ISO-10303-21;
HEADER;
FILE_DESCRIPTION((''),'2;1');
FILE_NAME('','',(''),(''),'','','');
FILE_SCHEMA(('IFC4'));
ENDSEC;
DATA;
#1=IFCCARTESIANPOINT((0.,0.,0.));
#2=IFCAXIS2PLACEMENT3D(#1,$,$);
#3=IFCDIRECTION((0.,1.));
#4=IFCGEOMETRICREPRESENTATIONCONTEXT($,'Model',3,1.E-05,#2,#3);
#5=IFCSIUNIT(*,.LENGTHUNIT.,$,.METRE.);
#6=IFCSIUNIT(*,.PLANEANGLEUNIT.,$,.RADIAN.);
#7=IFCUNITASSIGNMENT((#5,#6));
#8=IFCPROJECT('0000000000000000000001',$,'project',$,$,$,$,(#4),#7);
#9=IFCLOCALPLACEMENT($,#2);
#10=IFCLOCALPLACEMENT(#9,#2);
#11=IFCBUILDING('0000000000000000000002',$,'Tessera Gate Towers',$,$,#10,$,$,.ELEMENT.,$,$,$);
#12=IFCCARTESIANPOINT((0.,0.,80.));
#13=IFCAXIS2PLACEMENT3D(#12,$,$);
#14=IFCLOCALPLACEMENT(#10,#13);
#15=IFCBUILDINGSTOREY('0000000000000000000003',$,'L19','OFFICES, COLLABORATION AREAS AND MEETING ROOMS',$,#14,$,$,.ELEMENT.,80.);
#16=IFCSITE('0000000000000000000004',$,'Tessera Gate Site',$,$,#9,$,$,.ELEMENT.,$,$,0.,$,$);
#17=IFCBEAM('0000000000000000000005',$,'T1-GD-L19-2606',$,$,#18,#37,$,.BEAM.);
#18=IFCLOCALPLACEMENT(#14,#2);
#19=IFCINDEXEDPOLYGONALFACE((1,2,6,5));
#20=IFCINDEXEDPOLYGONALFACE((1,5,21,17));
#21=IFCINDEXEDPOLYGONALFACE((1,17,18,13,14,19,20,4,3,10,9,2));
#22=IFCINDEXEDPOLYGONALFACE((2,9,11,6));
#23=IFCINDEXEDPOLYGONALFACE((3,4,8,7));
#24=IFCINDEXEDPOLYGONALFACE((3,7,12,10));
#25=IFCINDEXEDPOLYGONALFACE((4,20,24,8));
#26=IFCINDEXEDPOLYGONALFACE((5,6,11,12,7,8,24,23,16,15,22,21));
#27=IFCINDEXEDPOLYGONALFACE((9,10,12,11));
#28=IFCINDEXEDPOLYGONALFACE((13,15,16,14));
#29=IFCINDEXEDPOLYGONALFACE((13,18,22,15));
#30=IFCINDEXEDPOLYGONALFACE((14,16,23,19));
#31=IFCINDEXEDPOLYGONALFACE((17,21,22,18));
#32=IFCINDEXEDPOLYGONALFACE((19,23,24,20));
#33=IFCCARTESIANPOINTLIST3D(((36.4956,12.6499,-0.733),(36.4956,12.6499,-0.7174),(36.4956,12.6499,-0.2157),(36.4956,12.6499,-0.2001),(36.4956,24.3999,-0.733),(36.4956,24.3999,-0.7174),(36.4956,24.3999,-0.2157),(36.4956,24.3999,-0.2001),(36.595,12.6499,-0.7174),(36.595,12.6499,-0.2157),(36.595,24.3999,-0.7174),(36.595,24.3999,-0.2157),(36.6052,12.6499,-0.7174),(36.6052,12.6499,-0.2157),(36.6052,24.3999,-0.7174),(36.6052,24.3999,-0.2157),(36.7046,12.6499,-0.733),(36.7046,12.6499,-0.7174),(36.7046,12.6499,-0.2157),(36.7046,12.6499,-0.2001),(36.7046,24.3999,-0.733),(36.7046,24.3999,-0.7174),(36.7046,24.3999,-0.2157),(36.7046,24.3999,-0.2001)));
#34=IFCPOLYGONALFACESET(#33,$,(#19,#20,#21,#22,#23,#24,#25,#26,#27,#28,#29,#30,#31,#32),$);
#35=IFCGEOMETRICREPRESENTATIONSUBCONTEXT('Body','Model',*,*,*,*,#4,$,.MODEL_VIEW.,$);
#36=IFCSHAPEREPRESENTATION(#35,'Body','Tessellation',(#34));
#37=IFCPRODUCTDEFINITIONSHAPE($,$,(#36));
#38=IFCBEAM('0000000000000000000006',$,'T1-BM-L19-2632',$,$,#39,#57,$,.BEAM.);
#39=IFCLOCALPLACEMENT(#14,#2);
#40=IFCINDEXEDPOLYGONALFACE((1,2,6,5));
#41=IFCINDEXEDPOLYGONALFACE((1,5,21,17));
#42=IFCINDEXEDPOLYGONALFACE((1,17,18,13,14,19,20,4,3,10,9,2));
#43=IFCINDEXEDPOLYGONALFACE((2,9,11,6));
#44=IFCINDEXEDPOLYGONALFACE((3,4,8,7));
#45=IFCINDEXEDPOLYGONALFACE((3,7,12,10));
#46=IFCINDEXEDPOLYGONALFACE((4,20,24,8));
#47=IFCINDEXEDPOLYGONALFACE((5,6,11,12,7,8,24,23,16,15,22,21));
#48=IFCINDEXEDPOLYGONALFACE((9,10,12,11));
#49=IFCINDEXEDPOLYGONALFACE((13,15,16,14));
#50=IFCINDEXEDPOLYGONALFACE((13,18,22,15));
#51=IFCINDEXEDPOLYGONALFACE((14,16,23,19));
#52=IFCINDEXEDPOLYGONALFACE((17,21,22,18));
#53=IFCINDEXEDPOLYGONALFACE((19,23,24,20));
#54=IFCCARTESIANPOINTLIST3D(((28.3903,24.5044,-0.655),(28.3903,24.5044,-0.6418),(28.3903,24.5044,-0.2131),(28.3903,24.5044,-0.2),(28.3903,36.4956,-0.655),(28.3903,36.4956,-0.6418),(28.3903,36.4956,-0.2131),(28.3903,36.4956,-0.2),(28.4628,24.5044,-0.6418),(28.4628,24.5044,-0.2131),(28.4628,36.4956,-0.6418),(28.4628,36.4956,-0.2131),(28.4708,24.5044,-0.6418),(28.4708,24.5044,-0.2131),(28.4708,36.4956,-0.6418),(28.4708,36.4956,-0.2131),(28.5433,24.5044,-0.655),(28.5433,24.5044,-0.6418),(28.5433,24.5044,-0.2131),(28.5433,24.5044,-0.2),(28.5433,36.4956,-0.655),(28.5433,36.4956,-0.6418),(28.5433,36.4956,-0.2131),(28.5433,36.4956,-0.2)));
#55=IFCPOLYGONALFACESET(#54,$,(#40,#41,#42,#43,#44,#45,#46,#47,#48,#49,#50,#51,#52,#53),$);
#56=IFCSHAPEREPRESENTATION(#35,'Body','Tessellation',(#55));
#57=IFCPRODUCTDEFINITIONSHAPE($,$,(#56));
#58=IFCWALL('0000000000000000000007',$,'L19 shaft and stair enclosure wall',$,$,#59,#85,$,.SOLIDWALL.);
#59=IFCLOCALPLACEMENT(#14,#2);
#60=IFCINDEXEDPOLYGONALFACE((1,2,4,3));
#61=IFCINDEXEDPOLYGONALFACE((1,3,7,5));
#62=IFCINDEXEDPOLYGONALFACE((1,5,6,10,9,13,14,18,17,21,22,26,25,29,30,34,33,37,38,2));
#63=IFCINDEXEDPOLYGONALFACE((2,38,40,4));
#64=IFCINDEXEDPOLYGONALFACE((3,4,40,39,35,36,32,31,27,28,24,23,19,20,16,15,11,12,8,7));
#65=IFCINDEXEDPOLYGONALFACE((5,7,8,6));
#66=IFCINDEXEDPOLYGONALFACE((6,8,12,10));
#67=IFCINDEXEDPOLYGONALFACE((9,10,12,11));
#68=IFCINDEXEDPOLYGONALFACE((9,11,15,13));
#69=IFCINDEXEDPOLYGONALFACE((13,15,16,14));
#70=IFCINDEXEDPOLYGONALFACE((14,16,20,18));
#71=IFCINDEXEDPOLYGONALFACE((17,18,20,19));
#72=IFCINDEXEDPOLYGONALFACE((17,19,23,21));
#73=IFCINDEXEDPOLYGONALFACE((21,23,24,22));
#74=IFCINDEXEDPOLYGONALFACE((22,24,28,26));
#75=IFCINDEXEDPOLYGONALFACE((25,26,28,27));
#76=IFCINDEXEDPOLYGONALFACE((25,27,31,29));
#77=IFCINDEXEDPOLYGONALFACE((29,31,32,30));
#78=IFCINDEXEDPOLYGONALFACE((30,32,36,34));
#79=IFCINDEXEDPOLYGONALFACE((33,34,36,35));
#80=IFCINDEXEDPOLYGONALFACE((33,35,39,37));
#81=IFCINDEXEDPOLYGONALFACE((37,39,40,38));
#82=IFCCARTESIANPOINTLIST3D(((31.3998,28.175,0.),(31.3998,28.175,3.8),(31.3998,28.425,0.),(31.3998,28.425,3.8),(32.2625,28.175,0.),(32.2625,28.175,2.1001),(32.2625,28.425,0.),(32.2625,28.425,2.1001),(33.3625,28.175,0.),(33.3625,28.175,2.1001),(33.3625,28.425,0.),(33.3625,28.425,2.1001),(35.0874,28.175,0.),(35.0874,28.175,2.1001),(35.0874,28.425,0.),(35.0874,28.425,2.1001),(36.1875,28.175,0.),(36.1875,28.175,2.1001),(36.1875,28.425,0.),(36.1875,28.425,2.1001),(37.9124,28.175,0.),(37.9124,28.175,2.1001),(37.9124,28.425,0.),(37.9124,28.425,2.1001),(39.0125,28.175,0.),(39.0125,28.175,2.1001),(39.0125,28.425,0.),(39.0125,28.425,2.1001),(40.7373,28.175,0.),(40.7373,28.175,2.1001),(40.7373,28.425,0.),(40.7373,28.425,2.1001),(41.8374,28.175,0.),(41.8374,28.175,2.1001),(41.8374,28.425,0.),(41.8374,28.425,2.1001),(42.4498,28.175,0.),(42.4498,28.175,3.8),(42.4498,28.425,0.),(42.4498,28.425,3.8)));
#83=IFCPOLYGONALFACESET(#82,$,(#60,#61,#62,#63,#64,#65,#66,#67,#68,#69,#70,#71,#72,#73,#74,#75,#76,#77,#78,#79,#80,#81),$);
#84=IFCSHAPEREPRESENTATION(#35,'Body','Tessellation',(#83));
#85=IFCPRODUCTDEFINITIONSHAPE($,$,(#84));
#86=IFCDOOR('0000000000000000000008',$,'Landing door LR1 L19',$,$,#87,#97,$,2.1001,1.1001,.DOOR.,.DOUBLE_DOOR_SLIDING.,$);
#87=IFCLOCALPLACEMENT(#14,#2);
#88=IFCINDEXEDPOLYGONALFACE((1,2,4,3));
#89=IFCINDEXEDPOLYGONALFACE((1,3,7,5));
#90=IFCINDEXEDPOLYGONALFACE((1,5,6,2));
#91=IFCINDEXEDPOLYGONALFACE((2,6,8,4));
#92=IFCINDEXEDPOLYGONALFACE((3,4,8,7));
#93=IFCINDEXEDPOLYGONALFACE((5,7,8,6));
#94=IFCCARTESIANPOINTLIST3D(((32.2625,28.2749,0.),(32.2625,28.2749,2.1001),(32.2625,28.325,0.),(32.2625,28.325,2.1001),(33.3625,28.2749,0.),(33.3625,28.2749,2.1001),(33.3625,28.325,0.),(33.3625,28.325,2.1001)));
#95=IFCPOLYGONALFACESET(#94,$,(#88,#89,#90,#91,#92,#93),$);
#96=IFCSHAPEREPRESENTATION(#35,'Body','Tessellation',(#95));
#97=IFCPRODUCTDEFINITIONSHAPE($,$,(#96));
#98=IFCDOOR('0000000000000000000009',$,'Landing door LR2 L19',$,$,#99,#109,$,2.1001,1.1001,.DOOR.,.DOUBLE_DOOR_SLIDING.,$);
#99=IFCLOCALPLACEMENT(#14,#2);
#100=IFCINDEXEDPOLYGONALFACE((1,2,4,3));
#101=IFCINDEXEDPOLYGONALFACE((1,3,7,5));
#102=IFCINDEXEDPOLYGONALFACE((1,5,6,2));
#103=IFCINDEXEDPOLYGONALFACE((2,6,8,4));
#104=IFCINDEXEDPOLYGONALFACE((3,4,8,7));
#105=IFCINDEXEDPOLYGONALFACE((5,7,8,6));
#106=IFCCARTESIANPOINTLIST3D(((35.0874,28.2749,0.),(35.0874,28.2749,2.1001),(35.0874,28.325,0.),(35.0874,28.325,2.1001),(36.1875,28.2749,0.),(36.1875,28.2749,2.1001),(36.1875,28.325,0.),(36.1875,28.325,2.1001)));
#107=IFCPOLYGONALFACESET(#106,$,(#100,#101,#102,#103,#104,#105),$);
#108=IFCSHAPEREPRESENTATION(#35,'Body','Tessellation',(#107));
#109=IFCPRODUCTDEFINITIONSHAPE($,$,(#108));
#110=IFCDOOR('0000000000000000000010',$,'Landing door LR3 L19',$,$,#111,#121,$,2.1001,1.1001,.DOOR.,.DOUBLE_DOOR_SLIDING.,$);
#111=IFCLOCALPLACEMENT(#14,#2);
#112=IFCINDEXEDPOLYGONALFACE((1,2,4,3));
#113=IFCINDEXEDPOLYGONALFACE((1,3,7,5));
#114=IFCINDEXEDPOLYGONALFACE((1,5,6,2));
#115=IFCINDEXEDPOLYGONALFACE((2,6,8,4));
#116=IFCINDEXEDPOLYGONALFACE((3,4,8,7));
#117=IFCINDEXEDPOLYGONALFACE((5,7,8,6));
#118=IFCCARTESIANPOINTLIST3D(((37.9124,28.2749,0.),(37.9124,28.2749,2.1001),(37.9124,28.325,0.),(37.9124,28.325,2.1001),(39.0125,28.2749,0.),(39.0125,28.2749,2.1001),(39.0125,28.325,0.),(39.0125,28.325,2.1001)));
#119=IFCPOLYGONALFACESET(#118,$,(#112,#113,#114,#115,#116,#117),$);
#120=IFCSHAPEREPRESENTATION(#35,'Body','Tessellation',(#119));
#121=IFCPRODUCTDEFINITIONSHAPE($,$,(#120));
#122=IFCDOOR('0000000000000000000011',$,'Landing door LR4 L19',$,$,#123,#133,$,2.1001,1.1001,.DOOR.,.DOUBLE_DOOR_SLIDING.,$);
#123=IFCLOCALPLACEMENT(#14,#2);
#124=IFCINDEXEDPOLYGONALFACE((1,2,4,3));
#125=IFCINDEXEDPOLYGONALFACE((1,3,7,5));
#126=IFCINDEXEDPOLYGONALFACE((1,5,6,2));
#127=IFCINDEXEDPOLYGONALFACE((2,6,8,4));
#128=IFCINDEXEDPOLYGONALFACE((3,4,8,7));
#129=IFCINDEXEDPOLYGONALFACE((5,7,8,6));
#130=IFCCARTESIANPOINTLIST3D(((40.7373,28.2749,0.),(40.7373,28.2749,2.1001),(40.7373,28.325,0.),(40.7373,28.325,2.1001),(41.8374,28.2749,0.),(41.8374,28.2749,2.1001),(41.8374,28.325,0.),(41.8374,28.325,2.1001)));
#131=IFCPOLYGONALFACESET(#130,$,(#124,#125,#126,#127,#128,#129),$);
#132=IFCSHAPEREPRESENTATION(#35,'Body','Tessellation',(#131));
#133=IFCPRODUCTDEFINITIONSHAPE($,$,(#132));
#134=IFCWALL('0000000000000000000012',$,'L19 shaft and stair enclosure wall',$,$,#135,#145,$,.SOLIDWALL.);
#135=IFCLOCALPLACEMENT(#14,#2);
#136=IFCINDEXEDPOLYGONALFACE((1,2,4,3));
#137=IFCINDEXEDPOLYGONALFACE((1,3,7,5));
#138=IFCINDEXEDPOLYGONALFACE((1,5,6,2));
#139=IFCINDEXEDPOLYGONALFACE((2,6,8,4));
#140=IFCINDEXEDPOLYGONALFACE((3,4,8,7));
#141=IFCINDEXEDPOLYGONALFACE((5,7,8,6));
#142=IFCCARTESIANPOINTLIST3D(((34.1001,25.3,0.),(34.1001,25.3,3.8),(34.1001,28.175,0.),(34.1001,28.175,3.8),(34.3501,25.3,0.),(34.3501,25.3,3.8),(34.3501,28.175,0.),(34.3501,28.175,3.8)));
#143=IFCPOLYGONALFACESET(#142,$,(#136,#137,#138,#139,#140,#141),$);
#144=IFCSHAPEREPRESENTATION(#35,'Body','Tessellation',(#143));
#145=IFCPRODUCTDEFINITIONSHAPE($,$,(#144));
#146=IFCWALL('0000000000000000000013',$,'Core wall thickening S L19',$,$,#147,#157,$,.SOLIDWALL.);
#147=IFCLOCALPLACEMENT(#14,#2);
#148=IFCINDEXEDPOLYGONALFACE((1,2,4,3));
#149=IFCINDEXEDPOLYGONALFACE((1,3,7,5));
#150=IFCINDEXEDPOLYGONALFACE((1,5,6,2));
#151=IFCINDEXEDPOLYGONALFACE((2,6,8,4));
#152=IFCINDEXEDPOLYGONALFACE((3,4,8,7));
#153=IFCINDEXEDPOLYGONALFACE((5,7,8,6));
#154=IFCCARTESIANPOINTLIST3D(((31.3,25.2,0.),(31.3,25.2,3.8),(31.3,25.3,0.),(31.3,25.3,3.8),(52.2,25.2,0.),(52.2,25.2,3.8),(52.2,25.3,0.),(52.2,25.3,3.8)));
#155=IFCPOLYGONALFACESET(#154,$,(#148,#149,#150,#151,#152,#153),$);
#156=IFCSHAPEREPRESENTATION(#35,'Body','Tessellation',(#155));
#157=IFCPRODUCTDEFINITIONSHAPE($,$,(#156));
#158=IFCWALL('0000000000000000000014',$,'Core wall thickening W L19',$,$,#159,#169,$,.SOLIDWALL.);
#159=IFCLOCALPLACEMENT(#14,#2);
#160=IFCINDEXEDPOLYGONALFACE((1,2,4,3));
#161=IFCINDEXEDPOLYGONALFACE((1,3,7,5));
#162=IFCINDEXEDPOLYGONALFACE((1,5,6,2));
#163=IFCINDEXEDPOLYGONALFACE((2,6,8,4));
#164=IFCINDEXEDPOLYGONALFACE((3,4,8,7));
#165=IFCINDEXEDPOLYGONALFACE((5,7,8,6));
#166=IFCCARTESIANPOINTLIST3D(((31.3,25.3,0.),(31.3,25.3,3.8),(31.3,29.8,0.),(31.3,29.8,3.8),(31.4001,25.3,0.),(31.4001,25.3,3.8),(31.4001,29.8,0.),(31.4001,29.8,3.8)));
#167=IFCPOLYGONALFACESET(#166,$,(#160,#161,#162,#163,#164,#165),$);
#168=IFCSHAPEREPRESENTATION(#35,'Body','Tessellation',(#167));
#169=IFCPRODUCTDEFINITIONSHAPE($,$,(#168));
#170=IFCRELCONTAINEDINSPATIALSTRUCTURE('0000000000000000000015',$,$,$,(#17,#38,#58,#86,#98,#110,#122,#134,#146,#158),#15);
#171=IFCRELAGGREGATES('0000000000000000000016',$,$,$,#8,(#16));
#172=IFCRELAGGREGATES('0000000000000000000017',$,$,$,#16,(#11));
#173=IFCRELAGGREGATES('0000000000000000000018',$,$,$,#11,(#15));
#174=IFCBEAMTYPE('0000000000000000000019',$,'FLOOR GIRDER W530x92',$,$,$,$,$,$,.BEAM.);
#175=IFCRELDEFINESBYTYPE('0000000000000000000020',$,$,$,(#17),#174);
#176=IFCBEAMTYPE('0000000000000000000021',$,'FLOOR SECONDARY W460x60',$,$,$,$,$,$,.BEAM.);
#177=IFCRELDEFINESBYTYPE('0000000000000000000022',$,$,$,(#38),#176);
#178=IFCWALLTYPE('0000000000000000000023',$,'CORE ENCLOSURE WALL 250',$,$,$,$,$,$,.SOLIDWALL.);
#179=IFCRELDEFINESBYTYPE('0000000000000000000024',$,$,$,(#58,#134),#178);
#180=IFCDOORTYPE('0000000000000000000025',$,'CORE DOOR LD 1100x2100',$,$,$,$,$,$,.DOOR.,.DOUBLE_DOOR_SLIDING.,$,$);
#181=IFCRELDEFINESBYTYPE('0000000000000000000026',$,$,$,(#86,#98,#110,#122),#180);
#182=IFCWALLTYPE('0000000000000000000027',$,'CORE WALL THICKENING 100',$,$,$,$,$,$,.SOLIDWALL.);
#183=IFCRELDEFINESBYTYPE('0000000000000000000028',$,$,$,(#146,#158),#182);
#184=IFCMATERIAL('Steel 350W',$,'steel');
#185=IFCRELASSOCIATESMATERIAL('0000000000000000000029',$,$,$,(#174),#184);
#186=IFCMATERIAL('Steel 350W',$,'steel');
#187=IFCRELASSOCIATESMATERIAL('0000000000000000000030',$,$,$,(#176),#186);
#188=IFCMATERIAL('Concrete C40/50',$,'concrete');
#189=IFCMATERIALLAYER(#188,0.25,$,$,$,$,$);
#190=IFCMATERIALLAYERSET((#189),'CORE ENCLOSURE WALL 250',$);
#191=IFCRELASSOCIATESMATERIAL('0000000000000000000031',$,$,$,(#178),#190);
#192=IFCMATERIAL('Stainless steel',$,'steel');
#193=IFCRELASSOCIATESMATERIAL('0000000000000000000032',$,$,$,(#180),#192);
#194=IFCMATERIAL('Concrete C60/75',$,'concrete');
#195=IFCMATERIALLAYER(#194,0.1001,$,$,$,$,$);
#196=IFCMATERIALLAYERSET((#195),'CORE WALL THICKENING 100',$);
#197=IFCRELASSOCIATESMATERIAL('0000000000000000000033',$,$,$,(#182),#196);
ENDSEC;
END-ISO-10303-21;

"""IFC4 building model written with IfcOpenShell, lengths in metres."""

from ifc_helpers import new_model, si_unit, direction, frame, frame_2d, origin, origin_2d, place, context, subcontext, project, spatial, rectangle, i_section, extrude, source, transform, mapped, material, layer, layer_set, material_profile, profile_set, type_object, element, fill, save


model = new_model("IFC4")

# Units and contexts
model_context = context("Model", 3, precision=1e-05, world=origin(), true_north=direction((0.0, 1.0)))
body_context = subcontext(model_context, "Body", "Model", "MODEL_VIEW")
ifc_project = project(units=[si_unit("LENGTHUNIT", "METRE"), si_unit("PLANEANGLEUNIT", "RADIAN")], contexts=[model_context])

# Site, building, storey
site_placement = place(None, origin())
site = spatial("IfcSite", under=ifc_project, at=site_placement, Name="Tessera Gate Site", CompositionType="ELEMENT", RefElevation=0.0)
building_placement = place(site_placement, origin())
building = spatial("IfcBuilding", under=site, at=building_placement, Name="Tessera Gate Towers", CompositionType="ELEMENT")
storey_placement = place(building_placement, frame((0.0, 0.0, 80.0)))
storey = spatial("IfcBuildingStorey", under=building, at=storey_placement, Name="L19", Description="OFFICES, COLLABORATION AREAS AND MEETING ROOMS", CompositionType="ELEMENT", Elevation=80.0)

# Beams
ifc_material_1 = material(Name="Steel 350W", Category="steel")
ifc_material_profile_1 = material_profile(ifc_material_1, i_section(OverallWidth=0.209, OverallDepth=0.533, WebThickness=0.0103, FlangeThickness=0.0156, at=origin_2d()), Name="W530x92")
ifc_profile_set_1 = profile_set([ifc_material_profile_1], Name="Steel 350W")
beam_type_1 = type_object("IfcBeamType", Name="FLOOR GIRDER W530x92", PredefinedType="BEAM", material=ifc_profile_set_1)
beam_1_placement = place(storey_placement, frame((36.6001, 12.6499, -0.4666), z_axis=(0.0, 1.0, 0.0), x_axis=(-1.0, 0.0, 0.0)))
element("IfcBeam", 1, at=beam_1_placement, inside=storey, type_object=beam_type_1, Name="T1-GD-L19-2606", PredefinedType="BEAM", context=body_context, shape_type="SweptSolid", body=[
    extrude(i_section(OverallWidth=0.209, OverallDepth=0.533, WebThickness=0.0103, FlangeThickness=0.0156, at=origin_2d()), origin(), (0.0, 0.0, 1.0), 11.75),
])
ifc_material_2 = material(Name="Steel 350W", Category="steel")
ifc_material_profile_2 = material_profile(ifc_material_2, i_section(OverallWidth=0.1531, OverallDepth=0.4551, WebThickness=0.0081, FlangeThickness=0.0132, at=origin_2d()), Name="W460x60")
ifc_profile_set_2 = profile_set([ifc_material_profile_2], Name="Steel 350W")
beam_type_2 = type_object("IfcBeamType", Name="FLOOR SECONDARY W460x60", PredefinedType="BEAM", material=ifc_profile_set_2)
beam_2_placement = place(storey_placement, frame((28.4668, 24.5044, -0.4275), z_axis=(0.0, 1.0, 0.0), x_axis=(-1.0, 0.0, 0.0)))
element("IfcBeam", 2, at=beam_2_placement, inside=storey, type_object=beam_type_2, Name="T1-BM-L19-2632", PredefinedType="BEAM", context=body_context, shape_type="SweptSolid", body=[
    extrude(i_section(OverallWidth=0.1531, OverallDepth=0.4551, WebThickness=0.0081, FlangeThickness=0.0132, at=origin_2d()), origin(), (0.0, 0.0, 1.0), 11.9912),
])

# Wall, openings, doors
ifc_material_3 = material(Name="Concrete C40/50", Category="concrete")
ifc_layer_1 = layer(ifc_material_3, 0.25)
ifc_layer_set_1 = layer_set([ifc_layer_1], Name="CORE ENCLOSURE WALL 250")
wall_type_1 = type_object("IfcWallType", Name="CORE ENCLOSURE WALL 250", PredefinedType="SOLIDWALL", material=ifc_layer_set_1)
wall_1_placement = place(storey_placement, frame((31.3999, 28.3, 0.0), z_axis=(0.0, 0.0, 1.0), x_axis=(1.0, 0.0, 0.0)))
wall_1 = element("IfcWall", 3, at=wall_1_placement, inside=storey, type_object=wall_type_1, Name="L19 shaft and stair enclosure wall", PredefinedType="SOLIDWALL", context=body_context, shape_type="SweptSolid", body=[
    extrude(rectangle(XDim=11.05, YDim=0.25, at=frame_2d((5.5249, 0.0))), origin(), (0.0, 0.0, 1.0), 3.8),
])
shared_shape_1 = source(origin(), body_context, "Body", "SweptSolid", [
    extrude(rectangle(XDim=1.1001, YDim=2.1001, at=frame_2d((0.55, 1.05))), frame((0.0, 0.135, 0.0), z_axis=(0.0, -1.0, 0.0), x_axis=(1.0, 0.0, 0.0)), (0.0, 0.0, 1.0), 0.27),
])
opening_1_placement = place(wall_1_placement, frame((0.8625, 0.0, 0.0)))
opening_1 = element("IfcOpeningElement", 4, at=opening_1_placement, cuts=wall_1, PredefinedType="OPENING", context=body_context, shape_type="MappedRepresentation", body=[
    mapped(shared_shape_1, transform((0.0, 0.0, 0.0), scale=1.0)),
])
opening_2_placement = place(wall_1_placement, frame((3.6875, 0.0, 0.0)))
opening_2 = element("IfcOpeningElement", 5, at=opening_2_placement, cuts=wall_1, PredefinedType="OPENING", context=body_context, shape_type="MappedRepresentation", body=[
    mapped(shared_shape_1, transform((0.0, 0.0, 0.0), scale=1.0)),
])
opening_3_placement = place(wall_1_placement, frame((6.5125, 0.0, 0.0)))
opening_3 = element("IfcOpeningElement", 6, at=opening_3_placement, cuts=wall_1, PredefinedType="OPENING", context=body_context, shape_type="MappedRepresentation", body=[
    mapped(shared_shape_1, transform((0.0, 0.0, 0.0), scale=1.0)),
])
opening_4_placement = place(wall_1_placement, frame((9.3374, 0.0, 0.0)))
opening_4 = element("IfcOpeningElement", 7, at=opening_4_placement, cuts=wall_1, PredefinedType="OPENING", context=body_context, shape_type="MappedRepresentation", body=[
    mapped(shared_shape_1, transform((0.0, 0.0, 0.0), scale=1.0)),
])
ifc_material_4 = material(Name="Stainless steel", Category="steel")
door_type_1 = type_object("IfcDoorType", Name="CORE DOOR LD 1100x2100", OperationType="DOUBLE_DOOR_SLIDING", PredefinedType="DOOR", material=ifc_material_4)
shared_shape_2 = source(origin(), body_context, "Body", "SweptSolid", [
    extrude(rectangle(XDim=1.1001, YDim=2.1001, at=frame_2d((0.55, 1.05))), frame((0.0, 0.0249, 0.0), z_axis=(0.0, -1.0, 0.0), x_axis=(1.0, 0.0, 0.0)), (0.0, 0.0, 1.0), 0.05),
])
door_1_placement = place(opening_1_placement, origin())
door_1 = element("IfcDoor", 8, at=door_1_placement, inside=storey, type_object=door_type_1, Name="Landing door LR1 L19", OperationType="DOUBLE_DOOR_SLIDING", OverallHeight=2.1001, OverallWidth=1.1001, PredefinedType="DOOR", context=body_context, shape_type="MappedRepresentation", body=[
    mapped(shared_shape_2, transform((0.0, 0.0, 0.0), scale=1.0)),
])
fill(opening_1, door_1)
door_2_placement = place(opening_2_placement, origin())
door_2 = element("IfcDoor", 9, at=door_2_placement, inside=storey, type_object=door_type_1, Name="Landing door LR2 L19", OperationType="DOUBLE_DOOR_SLIDING", OverallHeight=2.1001, OverallWidth=1.1001, PredefinedType="DOOR", context=body_context, shape_type="MappedRepresentation", body=[
    mapped(shared_shape_2, transform((0.0, 0.0, 0.0), scale=1.0)),
])
fill(opening_2, door_2)
door_3_placement = place(opening_3_placement, origin())
door_3 = element("IfcDoor", 10, at=door_3_placement, inside=storey, type_object=door_type_1, Name="Landing door LR3 L19", OperationType="DOUBLE_DOOR_SLIDING", OverallHeight=2.1001, OverallWidth=1.1001, PredefinedType="DOOR", context=body_context, shape_type="MappedRepresentation", body=[
    mapped(shared_shape_2, transform((0.0, 0.0, 0.0), scale=1.0)),
])
fill(opening_3, door_3)
door_4_placement = place(opening_4_placement, origin())
door_4 = element("IfcDoor", 11, at=door_4_placement, inside=storey, type_object=door_type_1, Name="Landing door LR4 L19", OperationType="DOUBLE_DOOR_SLIDING", OverallHeight=2.1001, OverallWidth=1.1001, PredefinedType="DOOR", context=body_context, shape_type="MappedRepresentation", body=[
    mapped(shared_shape_2, transform((0.0, 0.0, 0.0), scale=1.0)),
])
fill(opening_4, door_4)

# Wall
wall_2_placement = place(storey_placement, frame((34.2251, 25.3, 0.0), z_axis=(0.0, 0.0, 1.0), x_axis=(0.0, 1.0, 0.0)))
element("IfcWall", 12, at=wall_2_placement, inside=storey, type_object=wall_type_1, Name="L19 shaft and stair enclosure wall", PredefinedType="SOLIDWALL", context=body_context, shape_type="SweptSolid", body=[
    extrude(rectangle(XDim=2.875, YDim=0.25, at=frame_2d((1.4375, 0.0))), origin(), (0.0, 0.0, 1.0), 3.8),
])

# Walls
ifc_material_5 = material(Name="Concrete C60/75", Category="concrete")
ifc_layer_2 = layer(ifc_material_5, 0.1001)
ifc_layer_set_2 = layer_set([ifc_layer_2], Name="CORE WALL THICKENING 100")
wall_type_2 = type_object("IfcWallType", Name="CORE WALL THICKENING 100", PredefinedType="SOLIDWALL", material=ifc_layer_set_2)
wall_3_placement = place(storey_placement, frame((31.3, 25.25, 0.0), z_axis=(0.0, 0.0, 1.0), x_axis=(1.0, 0.0, 0.0)))
element("IfcWall", 13, at=wall_3_placement, inside=storey, type_object=wall_type_2, Name="Core wall thickening S L19", PredefinedType="SOLIDWALL", context=body_context, shape_type="SweptSolid", body=[
    extrude(rectangle(XDim=20.8999, YDim=0.1001, at=frame_2d((10.45, 0.0))), origin(), (0.0, 0.0, 1.0), 3.8),
])
wall_4_placement = place(storey_placement, frame((31.3501, 25.3, 0.0), z_axis=(0.0, 0.0, 1.0), x_axis=(0.0, 1.0, 0.0)))
element("IfcWall", 14, at=wall_4_placement, inside=storey, type_object=wall_type_2, Name="Core wall thickening W L19", PredefinedType="SOLIDWALL", context=body_context, shape_type="SweptSolid", body=[
    extrude(rectangle(XDim=4.5, YDim=0.1001, at=frame_2d((2.25, 0.0))), origin(), (0.0, 0.0, 1.0), 3.8),
])

save(model, "model.ifc")
